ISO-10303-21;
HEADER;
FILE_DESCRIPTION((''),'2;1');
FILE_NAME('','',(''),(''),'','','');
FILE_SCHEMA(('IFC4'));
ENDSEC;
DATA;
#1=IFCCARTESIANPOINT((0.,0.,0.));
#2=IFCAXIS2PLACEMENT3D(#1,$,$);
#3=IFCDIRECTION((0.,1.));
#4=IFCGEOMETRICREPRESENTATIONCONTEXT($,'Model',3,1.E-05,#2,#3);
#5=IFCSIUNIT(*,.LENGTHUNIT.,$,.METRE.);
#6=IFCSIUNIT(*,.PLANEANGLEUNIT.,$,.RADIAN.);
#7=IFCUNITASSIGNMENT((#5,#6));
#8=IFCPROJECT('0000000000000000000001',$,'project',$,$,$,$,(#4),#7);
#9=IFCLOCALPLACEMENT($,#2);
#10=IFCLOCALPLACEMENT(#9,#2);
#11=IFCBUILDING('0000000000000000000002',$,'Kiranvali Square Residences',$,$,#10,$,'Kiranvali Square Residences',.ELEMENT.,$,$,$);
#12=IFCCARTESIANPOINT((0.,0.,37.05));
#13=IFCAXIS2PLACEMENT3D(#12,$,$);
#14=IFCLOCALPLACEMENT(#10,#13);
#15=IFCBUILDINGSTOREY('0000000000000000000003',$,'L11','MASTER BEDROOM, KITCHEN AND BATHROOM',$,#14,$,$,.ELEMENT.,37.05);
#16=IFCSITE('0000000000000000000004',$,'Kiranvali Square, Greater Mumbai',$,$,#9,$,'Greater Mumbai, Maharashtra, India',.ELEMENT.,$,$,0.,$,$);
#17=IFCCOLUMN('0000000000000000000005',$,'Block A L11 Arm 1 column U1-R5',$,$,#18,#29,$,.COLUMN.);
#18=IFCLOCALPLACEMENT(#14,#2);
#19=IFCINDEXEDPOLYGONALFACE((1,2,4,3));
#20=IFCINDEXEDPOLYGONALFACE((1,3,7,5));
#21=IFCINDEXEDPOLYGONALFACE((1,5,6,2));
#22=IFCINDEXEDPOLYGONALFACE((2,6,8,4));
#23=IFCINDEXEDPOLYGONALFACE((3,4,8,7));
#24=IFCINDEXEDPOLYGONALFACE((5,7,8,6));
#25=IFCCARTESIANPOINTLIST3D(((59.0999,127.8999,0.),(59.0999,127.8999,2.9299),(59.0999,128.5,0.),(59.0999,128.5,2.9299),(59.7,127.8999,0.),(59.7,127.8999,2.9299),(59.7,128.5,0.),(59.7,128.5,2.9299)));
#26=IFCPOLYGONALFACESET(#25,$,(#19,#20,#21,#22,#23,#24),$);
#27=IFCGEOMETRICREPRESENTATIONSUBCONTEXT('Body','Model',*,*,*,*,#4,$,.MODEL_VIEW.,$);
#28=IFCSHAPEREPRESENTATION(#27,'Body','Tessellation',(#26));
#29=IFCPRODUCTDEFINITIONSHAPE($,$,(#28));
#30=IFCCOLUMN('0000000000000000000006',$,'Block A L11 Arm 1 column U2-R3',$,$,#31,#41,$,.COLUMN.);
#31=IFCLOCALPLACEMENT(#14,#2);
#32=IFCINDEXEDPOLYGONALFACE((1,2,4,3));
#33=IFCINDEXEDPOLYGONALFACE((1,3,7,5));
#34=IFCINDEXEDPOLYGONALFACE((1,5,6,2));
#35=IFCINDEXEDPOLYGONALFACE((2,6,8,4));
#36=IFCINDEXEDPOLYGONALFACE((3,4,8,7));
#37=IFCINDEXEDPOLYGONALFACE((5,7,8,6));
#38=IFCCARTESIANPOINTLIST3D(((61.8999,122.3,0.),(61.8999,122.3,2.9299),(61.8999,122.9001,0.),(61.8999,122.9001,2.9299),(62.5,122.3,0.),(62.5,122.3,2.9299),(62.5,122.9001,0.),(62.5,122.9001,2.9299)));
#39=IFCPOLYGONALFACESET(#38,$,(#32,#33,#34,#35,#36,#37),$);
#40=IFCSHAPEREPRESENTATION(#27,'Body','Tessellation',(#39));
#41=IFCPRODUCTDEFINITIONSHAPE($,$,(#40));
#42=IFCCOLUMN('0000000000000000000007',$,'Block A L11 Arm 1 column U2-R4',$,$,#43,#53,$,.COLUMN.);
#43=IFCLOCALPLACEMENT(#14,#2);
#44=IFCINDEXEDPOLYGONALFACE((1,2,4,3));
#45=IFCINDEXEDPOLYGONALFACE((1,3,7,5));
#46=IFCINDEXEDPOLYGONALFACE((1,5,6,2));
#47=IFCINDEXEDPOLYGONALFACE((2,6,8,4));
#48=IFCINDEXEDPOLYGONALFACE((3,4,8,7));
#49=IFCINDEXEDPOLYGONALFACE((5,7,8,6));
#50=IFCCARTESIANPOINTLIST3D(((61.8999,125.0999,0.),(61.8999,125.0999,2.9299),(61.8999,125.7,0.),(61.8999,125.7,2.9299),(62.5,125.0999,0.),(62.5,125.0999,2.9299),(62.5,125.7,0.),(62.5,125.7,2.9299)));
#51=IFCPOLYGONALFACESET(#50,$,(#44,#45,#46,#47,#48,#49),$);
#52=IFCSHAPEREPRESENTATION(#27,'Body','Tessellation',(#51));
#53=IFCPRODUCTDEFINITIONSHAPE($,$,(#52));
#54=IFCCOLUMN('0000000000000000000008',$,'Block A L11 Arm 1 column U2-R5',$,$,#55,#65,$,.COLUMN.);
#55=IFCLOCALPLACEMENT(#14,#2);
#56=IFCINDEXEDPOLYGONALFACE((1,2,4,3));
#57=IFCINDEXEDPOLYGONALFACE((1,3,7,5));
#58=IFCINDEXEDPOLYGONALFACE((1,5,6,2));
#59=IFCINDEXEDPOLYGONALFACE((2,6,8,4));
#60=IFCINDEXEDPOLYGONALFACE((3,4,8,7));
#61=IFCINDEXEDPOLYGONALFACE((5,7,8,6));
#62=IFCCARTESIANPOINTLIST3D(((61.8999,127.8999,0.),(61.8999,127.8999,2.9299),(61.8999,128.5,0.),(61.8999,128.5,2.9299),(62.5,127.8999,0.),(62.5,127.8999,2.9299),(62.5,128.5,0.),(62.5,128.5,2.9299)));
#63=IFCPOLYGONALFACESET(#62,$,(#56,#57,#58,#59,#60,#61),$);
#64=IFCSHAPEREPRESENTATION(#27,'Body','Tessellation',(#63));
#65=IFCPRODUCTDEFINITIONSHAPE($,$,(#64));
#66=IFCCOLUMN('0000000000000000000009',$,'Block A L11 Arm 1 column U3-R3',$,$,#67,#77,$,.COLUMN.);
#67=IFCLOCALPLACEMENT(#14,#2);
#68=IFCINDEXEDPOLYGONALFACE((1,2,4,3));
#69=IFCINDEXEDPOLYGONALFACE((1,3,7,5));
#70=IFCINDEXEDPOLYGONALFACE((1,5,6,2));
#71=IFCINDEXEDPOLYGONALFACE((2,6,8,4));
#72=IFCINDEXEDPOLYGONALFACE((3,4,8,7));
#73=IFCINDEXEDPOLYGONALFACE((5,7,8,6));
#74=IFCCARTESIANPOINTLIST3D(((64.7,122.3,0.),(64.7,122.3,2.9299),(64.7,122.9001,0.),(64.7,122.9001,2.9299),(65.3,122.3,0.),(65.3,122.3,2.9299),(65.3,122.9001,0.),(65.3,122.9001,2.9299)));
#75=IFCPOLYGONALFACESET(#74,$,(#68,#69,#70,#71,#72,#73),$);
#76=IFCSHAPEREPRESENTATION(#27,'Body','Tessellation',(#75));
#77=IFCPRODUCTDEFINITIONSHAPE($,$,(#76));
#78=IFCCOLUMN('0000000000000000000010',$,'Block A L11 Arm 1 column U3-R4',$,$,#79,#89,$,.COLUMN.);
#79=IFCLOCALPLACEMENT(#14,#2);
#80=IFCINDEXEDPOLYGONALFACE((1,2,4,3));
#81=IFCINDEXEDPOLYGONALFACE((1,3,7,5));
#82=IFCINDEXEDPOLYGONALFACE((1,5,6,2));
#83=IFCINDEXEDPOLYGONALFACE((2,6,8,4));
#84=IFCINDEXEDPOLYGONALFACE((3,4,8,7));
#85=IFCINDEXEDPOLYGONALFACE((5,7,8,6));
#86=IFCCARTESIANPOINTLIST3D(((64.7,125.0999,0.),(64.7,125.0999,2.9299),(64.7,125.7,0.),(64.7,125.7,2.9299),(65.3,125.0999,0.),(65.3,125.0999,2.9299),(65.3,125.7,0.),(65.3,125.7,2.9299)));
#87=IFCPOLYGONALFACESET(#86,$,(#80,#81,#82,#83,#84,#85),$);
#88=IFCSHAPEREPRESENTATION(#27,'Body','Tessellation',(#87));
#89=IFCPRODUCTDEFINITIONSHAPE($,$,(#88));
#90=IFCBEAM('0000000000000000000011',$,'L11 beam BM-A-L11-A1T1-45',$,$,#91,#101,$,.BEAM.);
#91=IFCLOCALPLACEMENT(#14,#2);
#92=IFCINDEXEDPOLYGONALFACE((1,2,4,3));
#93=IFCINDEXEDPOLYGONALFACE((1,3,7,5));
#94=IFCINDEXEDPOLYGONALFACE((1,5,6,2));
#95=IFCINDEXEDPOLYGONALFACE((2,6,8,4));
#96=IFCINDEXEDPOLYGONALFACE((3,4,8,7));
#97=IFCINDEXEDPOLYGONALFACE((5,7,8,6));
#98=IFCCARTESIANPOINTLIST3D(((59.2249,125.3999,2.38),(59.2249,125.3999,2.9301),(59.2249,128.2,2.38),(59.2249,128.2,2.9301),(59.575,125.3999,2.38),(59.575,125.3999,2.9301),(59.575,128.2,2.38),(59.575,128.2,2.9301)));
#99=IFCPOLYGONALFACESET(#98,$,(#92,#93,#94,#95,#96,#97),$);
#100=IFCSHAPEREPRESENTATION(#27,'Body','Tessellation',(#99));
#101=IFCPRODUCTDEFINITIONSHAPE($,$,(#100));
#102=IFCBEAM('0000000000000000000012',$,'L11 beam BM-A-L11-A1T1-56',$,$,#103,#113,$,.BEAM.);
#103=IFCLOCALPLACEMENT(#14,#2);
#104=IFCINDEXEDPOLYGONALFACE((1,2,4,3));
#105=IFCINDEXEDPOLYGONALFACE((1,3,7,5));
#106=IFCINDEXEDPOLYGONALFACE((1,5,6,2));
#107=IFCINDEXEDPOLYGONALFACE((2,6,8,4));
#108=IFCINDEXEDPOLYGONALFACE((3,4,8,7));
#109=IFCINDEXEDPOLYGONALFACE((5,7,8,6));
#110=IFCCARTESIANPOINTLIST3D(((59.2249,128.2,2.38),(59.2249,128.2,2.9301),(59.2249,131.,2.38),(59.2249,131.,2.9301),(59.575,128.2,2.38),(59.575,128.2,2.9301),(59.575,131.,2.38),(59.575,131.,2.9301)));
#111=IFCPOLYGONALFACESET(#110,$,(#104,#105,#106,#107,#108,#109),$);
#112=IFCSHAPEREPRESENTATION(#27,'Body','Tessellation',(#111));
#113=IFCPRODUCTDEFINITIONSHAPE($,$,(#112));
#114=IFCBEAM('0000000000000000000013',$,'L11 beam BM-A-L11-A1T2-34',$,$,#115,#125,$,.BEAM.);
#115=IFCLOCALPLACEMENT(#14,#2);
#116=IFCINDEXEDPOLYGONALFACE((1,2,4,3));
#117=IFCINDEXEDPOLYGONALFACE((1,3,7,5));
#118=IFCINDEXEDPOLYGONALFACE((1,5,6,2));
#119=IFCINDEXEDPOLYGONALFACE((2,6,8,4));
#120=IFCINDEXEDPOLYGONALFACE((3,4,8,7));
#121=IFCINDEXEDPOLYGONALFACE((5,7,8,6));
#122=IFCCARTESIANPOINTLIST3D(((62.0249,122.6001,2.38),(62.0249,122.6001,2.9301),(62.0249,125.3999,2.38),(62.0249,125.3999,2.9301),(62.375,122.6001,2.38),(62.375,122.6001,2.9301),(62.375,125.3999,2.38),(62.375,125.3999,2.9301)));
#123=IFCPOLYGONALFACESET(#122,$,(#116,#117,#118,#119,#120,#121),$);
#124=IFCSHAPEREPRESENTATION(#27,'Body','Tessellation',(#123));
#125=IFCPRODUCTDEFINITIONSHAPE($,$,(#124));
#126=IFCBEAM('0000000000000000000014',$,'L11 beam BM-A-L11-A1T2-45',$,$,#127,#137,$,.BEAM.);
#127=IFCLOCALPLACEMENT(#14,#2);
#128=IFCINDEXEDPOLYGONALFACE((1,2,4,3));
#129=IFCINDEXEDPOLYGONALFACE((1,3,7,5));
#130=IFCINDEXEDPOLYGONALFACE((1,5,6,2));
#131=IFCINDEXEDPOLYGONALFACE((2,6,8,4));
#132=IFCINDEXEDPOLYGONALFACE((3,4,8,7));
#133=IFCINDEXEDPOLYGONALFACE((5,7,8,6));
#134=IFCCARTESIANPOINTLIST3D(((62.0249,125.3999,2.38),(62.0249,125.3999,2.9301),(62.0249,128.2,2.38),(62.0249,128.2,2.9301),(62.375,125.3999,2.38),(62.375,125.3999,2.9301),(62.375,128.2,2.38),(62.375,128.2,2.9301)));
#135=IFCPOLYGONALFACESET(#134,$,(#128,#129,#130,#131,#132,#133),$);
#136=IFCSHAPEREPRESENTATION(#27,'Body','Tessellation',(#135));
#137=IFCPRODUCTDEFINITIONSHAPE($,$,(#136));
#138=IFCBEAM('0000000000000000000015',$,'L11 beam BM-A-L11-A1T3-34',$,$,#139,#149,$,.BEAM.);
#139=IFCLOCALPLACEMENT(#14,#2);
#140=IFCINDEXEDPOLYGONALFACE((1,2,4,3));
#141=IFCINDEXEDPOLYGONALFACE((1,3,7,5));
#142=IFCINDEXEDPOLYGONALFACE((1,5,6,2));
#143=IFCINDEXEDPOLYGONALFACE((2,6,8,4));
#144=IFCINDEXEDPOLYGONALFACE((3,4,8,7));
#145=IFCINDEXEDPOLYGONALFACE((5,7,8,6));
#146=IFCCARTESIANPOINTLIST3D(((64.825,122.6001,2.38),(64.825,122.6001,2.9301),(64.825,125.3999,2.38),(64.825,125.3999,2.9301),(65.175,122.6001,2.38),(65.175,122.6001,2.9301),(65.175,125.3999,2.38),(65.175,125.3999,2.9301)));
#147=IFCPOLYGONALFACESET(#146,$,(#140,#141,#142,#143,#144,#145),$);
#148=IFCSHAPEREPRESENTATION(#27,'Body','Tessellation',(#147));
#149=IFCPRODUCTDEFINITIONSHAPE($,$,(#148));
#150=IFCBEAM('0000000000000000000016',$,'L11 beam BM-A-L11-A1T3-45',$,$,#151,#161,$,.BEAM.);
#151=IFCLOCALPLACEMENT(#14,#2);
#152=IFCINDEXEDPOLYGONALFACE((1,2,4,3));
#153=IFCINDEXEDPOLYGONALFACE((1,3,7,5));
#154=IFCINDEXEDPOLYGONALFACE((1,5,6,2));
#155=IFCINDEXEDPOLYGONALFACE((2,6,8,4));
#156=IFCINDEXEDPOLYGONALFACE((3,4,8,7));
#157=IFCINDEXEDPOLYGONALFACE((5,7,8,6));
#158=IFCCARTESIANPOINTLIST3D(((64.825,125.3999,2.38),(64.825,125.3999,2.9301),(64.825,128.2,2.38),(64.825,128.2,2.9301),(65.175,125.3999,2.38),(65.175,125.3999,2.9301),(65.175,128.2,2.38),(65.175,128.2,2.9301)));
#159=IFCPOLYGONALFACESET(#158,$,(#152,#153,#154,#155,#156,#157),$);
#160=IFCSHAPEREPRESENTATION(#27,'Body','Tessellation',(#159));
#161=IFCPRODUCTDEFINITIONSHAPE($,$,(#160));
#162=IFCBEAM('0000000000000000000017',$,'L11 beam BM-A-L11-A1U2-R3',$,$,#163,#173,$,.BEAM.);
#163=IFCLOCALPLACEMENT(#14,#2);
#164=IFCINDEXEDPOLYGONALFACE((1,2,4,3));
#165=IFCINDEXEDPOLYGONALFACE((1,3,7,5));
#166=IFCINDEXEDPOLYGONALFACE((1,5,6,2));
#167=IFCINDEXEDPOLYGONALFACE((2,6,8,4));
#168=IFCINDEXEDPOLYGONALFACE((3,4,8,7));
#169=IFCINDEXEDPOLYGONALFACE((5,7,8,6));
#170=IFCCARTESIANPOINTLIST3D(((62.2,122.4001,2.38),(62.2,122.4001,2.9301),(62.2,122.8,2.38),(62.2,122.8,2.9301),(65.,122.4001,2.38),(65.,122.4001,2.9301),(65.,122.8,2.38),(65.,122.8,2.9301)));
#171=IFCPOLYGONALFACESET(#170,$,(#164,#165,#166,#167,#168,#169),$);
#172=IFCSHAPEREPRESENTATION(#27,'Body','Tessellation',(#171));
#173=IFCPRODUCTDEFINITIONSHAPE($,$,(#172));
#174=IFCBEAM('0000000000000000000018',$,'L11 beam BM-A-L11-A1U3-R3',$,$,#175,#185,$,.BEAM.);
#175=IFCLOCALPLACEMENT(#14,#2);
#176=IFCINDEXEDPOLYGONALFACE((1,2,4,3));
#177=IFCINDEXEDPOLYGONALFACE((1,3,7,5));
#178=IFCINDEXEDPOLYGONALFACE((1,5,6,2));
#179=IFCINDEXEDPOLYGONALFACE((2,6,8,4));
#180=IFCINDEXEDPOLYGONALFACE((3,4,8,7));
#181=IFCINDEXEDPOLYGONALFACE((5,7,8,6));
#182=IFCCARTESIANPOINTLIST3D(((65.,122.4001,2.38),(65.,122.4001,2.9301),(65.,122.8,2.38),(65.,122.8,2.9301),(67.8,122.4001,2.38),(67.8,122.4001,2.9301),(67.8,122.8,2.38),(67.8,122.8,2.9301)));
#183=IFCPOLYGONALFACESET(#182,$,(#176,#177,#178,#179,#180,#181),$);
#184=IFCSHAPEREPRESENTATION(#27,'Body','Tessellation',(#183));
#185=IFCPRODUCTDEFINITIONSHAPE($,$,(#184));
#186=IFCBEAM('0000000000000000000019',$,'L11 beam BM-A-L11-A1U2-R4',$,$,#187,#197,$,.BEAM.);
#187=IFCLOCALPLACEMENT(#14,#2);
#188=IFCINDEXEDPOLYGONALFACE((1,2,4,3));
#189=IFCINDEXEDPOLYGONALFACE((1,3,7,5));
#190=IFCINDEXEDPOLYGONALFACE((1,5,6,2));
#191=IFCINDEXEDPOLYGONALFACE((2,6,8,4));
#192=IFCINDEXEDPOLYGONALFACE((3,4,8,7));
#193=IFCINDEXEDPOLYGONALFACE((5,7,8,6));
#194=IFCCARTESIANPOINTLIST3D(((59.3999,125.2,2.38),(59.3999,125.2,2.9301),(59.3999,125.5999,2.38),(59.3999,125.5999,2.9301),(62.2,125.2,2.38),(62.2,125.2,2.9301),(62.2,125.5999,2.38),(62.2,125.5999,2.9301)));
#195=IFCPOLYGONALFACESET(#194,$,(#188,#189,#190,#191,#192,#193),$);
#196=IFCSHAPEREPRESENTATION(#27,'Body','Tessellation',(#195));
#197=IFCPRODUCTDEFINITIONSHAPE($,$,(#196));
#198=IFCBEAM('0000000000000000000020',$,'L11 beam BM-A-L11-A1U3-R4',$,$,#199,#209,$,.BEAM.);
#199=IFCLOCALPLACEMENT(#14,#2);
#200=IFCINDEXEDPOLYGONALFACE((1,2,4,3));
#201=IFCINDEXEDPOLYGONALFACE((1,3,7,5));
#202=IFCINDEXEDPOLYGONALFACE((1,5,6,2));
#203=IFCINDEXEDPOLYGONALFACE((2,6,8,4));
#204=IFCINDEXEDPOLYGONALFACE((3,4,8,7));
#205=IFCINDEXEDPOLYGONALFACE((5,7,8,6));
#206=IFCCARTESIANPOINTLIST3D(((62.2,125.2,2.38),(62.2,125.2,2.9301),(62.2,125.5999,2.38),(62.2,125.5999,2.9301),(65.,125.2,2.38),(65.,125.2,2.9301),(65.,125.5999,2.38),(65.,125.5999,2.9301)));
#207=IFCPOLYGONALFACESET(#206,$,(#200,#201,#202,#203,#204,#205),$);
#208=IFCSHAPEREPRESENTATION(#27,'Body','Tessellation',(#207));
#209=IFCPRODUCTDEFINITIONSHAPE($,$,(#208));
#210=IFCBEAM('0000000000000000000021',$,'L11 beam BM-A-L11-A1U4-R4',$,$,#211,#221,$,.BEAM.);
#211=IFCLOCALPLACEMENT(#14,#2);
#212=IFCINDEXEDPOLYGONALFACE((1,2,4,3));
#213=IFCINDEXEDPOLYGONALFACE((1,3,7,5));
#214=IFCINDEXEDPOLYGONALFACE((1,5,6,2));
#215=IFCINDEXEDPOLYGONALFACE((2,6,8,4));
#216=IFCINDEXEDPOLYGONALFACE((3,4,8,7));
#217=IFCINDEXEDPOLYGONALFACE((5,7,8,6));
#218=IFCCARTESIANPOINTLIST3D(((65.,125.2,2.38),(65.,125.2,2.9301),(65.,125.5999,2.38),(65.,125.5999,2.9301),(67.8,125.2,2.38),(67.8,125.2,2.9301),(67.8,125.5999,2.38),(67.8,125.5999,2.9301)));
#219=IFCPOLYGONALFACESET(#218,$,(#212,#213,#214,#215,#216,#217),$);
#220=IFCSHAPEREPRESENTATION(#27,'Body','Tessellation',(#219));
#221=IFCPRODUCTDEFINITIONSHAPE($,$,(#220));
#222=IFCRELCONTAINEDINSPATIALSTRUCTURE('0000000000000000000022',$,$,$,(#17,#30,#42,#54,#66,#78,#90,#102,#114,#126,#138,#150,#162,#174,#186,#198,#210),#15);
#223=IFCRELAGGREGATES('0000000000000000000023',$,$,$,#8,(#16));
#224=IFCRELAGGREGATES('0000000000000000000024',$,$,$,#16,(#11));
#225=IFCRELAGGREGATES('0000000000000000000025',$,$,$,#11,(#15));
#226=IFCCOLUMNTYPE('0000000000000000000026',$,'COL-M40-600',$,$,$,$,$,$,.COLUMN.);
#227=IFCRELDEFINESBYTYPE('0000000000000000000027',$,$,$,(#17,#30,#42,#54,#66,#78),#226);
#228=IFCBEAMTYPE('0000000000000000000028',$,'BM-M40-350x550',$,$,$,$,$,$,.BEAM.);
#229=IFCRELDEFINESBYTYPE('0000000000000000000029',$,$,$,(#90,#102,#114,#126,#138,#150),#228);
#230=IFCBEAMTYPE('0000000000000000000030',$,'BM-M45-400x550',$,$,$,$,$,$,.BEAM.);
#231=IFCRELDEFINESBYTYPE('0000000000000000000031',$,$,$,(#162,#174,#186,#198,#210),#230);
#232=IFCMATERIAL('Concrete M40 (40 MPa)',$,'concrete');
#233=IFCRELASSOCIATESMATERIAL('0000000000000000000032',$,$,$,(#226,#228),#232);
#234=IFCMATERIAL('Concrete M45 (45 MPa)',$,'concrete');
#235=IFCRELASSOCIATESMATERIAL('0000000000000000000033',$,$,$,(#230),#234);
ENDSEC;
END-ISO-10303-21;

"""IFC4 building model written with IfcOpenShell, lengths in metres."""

from ifc_helpers import new_model, si_unit, direction, frame, origin, origin_2d, place, context, subcontext, project, spatial, rectangle, extrude, material, material_profile, profile_set, type_object, element, save


model = new_model("IFC4")

# Units and contexts
model_context = context("Model", 3, precision=1e-05, world=origin(), true_north=direction((0.0, 1.0)))
body_context = subcontext(model_context, "Body", "Model", "MODEL_VIEW")
ifc_project = project(units=[si_unit("LENGTHUNIT", "METRE"), si_unit("PLANEANGLEUNIT", "RADIAN")], contexts=[model_context])

# Site, building, storey
site_placement = place(None, origin())
site = spatial("IfcSite", under=ifc_project, at=site_placement, Name="Kiranvali Square, Greater Mumbai", LongName="Greater Mumbai, Maharashtra, India", CompositionType="ELEMENT", RefElevation=0.0)
building_placement = place(site_placement, origin())
building = spatial("IfcBuilding", under=site, at=building_placement, Name="Kiranvali Square Residences", LongName="Kiranvali Square Residences", CompositionType="ELEMENT")
storey_placement = place(building_placement, frame((0.0, 0.0, 37.05)))
storey = spatial("IfcBuildingStorey", under=building, at=storey_placement, Name="L11", Description="MASTER BEDROOM, KITCHEN AND BATHROOM", CompositionType="ELEMENT", Elevation=37.05)

# Columns
ifc_material_1 = material(Name="Concrete M40 (40 MPa)", Category="concrete")
ifc_material_profile_1 = material_profile(ifc_material_1, rectangle(XDim=0.6001, YDim=0.6001, at=origin_2d()), Name="RC 600x600")
ifc_profile_set_1 = profile_set([ifc_material_profile_1], Name="Concrete M40 (40 MPa)")
column_type = type_object("IfcColumnType", Name="COL-M40-600", PredefinedType="COLUMN", material=ifc_profile_set_1)
for number, where, z_axis, x_axis, name in (
    (1, (59.3999, 128.2, 0.0), (0.0, 0.0, 1.0), (1.0, 0.0, 0.0), "Block A L11 Arm 1 column U1-R5"),
    (2, (62.2, 122.6001, 0.0), (0.0, 0.0, 1.0), (1.0, 0.0, 0.0), "Block A L11 Arm 1 column U2-R3"),
    (3, (62.2, 125.3999, 0.0), (0.0, 0.0, 1.0), (1.0, 0.0, 0.0), "Block A L11 Arm 1 column U2-R4"),
    (4, (62.2, 128.2, 0.0), (0.0, 0.0, 1.0), (1.0, 0.0, 0.0), "Block A L11 Arm 1 column U2-R5"),
    (5, (65.0, 122.6001, 0.0), (0.0, 0.0, 1.0), (1.0, 0.0, 0.0), "Block A L11 Arm 1 column U3-R3"),
    (6, (65.0, 125.3999, 0.0), (0.0, 0.0, 1.0), (1.0, 0.0, 0.0), "Block A L11 Arm 1 column U3-R4"),
):
    element("IfcColumn", number, at=place(storey_placement, frame(where, z_axis=z_axis, x_axis=x_axis)), inside=storey, type_object=column_type, Name=name, PredefinedType="COLUMN", context=body_context, shape_type="SweptSolid", body=[
        extrude(rectangle(XDim=0.6001, YDim=0.6001, at=origin_2d()), origin(), (0.0, 0.0, 1.0), 2.9299),
    ])

# Beams
ifc_material_profile_2 = material_profile(ifc_material_1, rectangle(XDim=0.3501, YDim=0.55, at=origin_2d()), Name="RC 350x550")
ifc_profile_set_2 = profile_set([ifc_material_profile_2], Name="Concrete M40 (40 MPa)")
beam_type_1 = type_object("IfcBeamType", Name="BM-M40-350x550", PredefinedType="BEAM", material=ifc_profile_set_2)
for number, where, z_axis, x_axis, name in (
    (7, (59.3999, 125.3999, 2.655), (0.0, 1.0, 0.0), (-1.0, 0.0, 0.0), "L11 beam BM-A-L11-A1T1-45"),
    (8, (59.3999, 128.2, 2.655), (0.0, 1.0, 0.0), (-1.0, 0.0, 0.0), "L11 beam BM-A-L11-A1T1-56"),
):
    element("IfcBeam", number, at=place(storey_placement, frame(where, z_axis=z_axis, x_axis=x_axis)), inside=storey, type_object=beam_type_1, Name=name, PredefinedType="BEAM", context=body_context, shape_type="SweptSolid", body=[
        extrude(rectangle(XDim=0.3501, YDim=0.55, at=origin_2d()), origin(), (0.0, 0.0, 1.0), 2.8),
    ])
beam_1_placement = place(storey_placement, frame((62.2, 122.6001, 2.655), z_axis=(0.0, 1.0, 0.0), x_axis=(-1.0, 0.0, 0.0)))
element("IfcBeam", 9, at=beam_1_placement, inside=storey, type_object=beam_type_1, Name="L11 beam BM-A-L11-A1T2-34", PredefinedType="BEAM", context=body_context, shape_type="SweptSolid", body=[
    extrude(rectangle(XDim=0.3501, YDim=0.55, at=origin_2d()), origin(), (0.0, 0.0, 1.0), 2.7998),
])
beam_2_placement = place(storey_placement, frame((62.2, 125.3999, 2.655), z_axis=(0.0, 1.0, 0.0), x_axis=(-1.0, 0.0, 0.0)))
element("IfcBeam", 10, at=beam_2_placement, inside=storey, type_object=beam_type_1, Name="L11 beam BM-A-L11-A1T2-45", PredefinedType="BEAM", context=body_context, shape_type="SweptSolid", body=[
    extrude(rectangle(XDim=0.3501, YDim=0.55, at=origin_2d()), origin(), (0.0, 0.0, 1.0), 2.8),
])
beam_3_placement = place(storey_placement, frame((65.0, 122.6001, 2.655), z_axis=(0.0, 1.0, 0.0), x_axis=(-1.0, 0.0, 0.0)))
element("IfcBeam", 11, at=beam_3_placement, inside=storey, type_object=beam_type_1, Name="L11 beam BM-A-L11-A1T3-34", PredefinedType="BEAM", context=body_context, shape_type="SweptSolid", body=[
    extrude(rectangle(XDim=0.3501, YDim=0.55, at=origin_2d()), origin(), (0.0, 0.0, 1.0), 2.7998),
])
beam_4_placement = place(storey_placement, frame((65.0, 125.3999, 2.655), z_axis=(0.0, 1.0, 0.0), x_axis=(-1.0, 0.0, 0.0)))
element("IfcBeam", 12, at=beam_4_placement, inside=storey, type_object=beam_type_1, Name="L11 beam BM-A-L11-A1T3-45", PredefinedType="BEAM", context=body_context, shape_type="SweptSolid", body=[
    extrude(rectangle(XDim=0.3501, YDim=0.55, at=origin_2d()), origin(), (0.0, 0.0, 1.0), 2.8),
])
ifc_material_2 = material(Name="Concrete M45 (45 MPa)", Category="concrete")
ifc_material_profile_3 = material_profile(ifc_material_2, rectangle(XDim=0.3999, YDim=0.55, at=origin_2d()), Name="RC 400x550")
ifc_profile_set_3 = profile_set([ifc_material_profile_3], Name="Concrete M45 (45 MPa)")
beam_type_2 = type_object("IfcBeamType", Name="BM-M45-400x550", PredefinedType="BEAM", material=ifc_profile_set_3)
for number, where, z_axis, x_axis, name in (
    (13, (62.2, 122.6001, 2.655), (1.0, 0.0, 0.0), (0.0, 1.0, 0.0), "L11 beam BM-A-L11-A1U2-R3"),
    (14, (65.0, 122.6001, 2.655), (1.0, 0.0, 0.0), (0.0, 1.0, 0.0), "L11 beam BM-A-L11-A1U3-R3"),
    (15, (59.3999, 125.3999, 2.655), (1.0, 0.0, 0.0), (0.0, 1.0, 0.0), "L11 beam BM-A-L11-A1U2-R4"),
    (16, (62.2, 125.3999, 2.655), (1.0, 0.0, 0.0), (0.0, 1.0, 0.0), "L11 beam BM-A-L11-A1U3-R4"),
    (17, (65.0, 125.3999, 2.655), (1.0, 0.0, 0.0), (0.0, 1.0, 0.0), "L11 beam BM-A-L11-A1U4-R4"),
):
    element("IfcBeam", number, at=place(storey_placement, frame(where, z_axis=z_axis, x_axis=x_axis)), inside=storey, type_object=beam_type_2, Name=name, PredefinedType="BEAM", context=body_context, shape_type="SweptSolid", body=[
        extrude(rectangle(XDim=0.3999, YDim=0.55, at=origin_2d()), origin(), (0.0, 0.0, 1.0), 2.8),
    ])

save(model, "model.ifc")
